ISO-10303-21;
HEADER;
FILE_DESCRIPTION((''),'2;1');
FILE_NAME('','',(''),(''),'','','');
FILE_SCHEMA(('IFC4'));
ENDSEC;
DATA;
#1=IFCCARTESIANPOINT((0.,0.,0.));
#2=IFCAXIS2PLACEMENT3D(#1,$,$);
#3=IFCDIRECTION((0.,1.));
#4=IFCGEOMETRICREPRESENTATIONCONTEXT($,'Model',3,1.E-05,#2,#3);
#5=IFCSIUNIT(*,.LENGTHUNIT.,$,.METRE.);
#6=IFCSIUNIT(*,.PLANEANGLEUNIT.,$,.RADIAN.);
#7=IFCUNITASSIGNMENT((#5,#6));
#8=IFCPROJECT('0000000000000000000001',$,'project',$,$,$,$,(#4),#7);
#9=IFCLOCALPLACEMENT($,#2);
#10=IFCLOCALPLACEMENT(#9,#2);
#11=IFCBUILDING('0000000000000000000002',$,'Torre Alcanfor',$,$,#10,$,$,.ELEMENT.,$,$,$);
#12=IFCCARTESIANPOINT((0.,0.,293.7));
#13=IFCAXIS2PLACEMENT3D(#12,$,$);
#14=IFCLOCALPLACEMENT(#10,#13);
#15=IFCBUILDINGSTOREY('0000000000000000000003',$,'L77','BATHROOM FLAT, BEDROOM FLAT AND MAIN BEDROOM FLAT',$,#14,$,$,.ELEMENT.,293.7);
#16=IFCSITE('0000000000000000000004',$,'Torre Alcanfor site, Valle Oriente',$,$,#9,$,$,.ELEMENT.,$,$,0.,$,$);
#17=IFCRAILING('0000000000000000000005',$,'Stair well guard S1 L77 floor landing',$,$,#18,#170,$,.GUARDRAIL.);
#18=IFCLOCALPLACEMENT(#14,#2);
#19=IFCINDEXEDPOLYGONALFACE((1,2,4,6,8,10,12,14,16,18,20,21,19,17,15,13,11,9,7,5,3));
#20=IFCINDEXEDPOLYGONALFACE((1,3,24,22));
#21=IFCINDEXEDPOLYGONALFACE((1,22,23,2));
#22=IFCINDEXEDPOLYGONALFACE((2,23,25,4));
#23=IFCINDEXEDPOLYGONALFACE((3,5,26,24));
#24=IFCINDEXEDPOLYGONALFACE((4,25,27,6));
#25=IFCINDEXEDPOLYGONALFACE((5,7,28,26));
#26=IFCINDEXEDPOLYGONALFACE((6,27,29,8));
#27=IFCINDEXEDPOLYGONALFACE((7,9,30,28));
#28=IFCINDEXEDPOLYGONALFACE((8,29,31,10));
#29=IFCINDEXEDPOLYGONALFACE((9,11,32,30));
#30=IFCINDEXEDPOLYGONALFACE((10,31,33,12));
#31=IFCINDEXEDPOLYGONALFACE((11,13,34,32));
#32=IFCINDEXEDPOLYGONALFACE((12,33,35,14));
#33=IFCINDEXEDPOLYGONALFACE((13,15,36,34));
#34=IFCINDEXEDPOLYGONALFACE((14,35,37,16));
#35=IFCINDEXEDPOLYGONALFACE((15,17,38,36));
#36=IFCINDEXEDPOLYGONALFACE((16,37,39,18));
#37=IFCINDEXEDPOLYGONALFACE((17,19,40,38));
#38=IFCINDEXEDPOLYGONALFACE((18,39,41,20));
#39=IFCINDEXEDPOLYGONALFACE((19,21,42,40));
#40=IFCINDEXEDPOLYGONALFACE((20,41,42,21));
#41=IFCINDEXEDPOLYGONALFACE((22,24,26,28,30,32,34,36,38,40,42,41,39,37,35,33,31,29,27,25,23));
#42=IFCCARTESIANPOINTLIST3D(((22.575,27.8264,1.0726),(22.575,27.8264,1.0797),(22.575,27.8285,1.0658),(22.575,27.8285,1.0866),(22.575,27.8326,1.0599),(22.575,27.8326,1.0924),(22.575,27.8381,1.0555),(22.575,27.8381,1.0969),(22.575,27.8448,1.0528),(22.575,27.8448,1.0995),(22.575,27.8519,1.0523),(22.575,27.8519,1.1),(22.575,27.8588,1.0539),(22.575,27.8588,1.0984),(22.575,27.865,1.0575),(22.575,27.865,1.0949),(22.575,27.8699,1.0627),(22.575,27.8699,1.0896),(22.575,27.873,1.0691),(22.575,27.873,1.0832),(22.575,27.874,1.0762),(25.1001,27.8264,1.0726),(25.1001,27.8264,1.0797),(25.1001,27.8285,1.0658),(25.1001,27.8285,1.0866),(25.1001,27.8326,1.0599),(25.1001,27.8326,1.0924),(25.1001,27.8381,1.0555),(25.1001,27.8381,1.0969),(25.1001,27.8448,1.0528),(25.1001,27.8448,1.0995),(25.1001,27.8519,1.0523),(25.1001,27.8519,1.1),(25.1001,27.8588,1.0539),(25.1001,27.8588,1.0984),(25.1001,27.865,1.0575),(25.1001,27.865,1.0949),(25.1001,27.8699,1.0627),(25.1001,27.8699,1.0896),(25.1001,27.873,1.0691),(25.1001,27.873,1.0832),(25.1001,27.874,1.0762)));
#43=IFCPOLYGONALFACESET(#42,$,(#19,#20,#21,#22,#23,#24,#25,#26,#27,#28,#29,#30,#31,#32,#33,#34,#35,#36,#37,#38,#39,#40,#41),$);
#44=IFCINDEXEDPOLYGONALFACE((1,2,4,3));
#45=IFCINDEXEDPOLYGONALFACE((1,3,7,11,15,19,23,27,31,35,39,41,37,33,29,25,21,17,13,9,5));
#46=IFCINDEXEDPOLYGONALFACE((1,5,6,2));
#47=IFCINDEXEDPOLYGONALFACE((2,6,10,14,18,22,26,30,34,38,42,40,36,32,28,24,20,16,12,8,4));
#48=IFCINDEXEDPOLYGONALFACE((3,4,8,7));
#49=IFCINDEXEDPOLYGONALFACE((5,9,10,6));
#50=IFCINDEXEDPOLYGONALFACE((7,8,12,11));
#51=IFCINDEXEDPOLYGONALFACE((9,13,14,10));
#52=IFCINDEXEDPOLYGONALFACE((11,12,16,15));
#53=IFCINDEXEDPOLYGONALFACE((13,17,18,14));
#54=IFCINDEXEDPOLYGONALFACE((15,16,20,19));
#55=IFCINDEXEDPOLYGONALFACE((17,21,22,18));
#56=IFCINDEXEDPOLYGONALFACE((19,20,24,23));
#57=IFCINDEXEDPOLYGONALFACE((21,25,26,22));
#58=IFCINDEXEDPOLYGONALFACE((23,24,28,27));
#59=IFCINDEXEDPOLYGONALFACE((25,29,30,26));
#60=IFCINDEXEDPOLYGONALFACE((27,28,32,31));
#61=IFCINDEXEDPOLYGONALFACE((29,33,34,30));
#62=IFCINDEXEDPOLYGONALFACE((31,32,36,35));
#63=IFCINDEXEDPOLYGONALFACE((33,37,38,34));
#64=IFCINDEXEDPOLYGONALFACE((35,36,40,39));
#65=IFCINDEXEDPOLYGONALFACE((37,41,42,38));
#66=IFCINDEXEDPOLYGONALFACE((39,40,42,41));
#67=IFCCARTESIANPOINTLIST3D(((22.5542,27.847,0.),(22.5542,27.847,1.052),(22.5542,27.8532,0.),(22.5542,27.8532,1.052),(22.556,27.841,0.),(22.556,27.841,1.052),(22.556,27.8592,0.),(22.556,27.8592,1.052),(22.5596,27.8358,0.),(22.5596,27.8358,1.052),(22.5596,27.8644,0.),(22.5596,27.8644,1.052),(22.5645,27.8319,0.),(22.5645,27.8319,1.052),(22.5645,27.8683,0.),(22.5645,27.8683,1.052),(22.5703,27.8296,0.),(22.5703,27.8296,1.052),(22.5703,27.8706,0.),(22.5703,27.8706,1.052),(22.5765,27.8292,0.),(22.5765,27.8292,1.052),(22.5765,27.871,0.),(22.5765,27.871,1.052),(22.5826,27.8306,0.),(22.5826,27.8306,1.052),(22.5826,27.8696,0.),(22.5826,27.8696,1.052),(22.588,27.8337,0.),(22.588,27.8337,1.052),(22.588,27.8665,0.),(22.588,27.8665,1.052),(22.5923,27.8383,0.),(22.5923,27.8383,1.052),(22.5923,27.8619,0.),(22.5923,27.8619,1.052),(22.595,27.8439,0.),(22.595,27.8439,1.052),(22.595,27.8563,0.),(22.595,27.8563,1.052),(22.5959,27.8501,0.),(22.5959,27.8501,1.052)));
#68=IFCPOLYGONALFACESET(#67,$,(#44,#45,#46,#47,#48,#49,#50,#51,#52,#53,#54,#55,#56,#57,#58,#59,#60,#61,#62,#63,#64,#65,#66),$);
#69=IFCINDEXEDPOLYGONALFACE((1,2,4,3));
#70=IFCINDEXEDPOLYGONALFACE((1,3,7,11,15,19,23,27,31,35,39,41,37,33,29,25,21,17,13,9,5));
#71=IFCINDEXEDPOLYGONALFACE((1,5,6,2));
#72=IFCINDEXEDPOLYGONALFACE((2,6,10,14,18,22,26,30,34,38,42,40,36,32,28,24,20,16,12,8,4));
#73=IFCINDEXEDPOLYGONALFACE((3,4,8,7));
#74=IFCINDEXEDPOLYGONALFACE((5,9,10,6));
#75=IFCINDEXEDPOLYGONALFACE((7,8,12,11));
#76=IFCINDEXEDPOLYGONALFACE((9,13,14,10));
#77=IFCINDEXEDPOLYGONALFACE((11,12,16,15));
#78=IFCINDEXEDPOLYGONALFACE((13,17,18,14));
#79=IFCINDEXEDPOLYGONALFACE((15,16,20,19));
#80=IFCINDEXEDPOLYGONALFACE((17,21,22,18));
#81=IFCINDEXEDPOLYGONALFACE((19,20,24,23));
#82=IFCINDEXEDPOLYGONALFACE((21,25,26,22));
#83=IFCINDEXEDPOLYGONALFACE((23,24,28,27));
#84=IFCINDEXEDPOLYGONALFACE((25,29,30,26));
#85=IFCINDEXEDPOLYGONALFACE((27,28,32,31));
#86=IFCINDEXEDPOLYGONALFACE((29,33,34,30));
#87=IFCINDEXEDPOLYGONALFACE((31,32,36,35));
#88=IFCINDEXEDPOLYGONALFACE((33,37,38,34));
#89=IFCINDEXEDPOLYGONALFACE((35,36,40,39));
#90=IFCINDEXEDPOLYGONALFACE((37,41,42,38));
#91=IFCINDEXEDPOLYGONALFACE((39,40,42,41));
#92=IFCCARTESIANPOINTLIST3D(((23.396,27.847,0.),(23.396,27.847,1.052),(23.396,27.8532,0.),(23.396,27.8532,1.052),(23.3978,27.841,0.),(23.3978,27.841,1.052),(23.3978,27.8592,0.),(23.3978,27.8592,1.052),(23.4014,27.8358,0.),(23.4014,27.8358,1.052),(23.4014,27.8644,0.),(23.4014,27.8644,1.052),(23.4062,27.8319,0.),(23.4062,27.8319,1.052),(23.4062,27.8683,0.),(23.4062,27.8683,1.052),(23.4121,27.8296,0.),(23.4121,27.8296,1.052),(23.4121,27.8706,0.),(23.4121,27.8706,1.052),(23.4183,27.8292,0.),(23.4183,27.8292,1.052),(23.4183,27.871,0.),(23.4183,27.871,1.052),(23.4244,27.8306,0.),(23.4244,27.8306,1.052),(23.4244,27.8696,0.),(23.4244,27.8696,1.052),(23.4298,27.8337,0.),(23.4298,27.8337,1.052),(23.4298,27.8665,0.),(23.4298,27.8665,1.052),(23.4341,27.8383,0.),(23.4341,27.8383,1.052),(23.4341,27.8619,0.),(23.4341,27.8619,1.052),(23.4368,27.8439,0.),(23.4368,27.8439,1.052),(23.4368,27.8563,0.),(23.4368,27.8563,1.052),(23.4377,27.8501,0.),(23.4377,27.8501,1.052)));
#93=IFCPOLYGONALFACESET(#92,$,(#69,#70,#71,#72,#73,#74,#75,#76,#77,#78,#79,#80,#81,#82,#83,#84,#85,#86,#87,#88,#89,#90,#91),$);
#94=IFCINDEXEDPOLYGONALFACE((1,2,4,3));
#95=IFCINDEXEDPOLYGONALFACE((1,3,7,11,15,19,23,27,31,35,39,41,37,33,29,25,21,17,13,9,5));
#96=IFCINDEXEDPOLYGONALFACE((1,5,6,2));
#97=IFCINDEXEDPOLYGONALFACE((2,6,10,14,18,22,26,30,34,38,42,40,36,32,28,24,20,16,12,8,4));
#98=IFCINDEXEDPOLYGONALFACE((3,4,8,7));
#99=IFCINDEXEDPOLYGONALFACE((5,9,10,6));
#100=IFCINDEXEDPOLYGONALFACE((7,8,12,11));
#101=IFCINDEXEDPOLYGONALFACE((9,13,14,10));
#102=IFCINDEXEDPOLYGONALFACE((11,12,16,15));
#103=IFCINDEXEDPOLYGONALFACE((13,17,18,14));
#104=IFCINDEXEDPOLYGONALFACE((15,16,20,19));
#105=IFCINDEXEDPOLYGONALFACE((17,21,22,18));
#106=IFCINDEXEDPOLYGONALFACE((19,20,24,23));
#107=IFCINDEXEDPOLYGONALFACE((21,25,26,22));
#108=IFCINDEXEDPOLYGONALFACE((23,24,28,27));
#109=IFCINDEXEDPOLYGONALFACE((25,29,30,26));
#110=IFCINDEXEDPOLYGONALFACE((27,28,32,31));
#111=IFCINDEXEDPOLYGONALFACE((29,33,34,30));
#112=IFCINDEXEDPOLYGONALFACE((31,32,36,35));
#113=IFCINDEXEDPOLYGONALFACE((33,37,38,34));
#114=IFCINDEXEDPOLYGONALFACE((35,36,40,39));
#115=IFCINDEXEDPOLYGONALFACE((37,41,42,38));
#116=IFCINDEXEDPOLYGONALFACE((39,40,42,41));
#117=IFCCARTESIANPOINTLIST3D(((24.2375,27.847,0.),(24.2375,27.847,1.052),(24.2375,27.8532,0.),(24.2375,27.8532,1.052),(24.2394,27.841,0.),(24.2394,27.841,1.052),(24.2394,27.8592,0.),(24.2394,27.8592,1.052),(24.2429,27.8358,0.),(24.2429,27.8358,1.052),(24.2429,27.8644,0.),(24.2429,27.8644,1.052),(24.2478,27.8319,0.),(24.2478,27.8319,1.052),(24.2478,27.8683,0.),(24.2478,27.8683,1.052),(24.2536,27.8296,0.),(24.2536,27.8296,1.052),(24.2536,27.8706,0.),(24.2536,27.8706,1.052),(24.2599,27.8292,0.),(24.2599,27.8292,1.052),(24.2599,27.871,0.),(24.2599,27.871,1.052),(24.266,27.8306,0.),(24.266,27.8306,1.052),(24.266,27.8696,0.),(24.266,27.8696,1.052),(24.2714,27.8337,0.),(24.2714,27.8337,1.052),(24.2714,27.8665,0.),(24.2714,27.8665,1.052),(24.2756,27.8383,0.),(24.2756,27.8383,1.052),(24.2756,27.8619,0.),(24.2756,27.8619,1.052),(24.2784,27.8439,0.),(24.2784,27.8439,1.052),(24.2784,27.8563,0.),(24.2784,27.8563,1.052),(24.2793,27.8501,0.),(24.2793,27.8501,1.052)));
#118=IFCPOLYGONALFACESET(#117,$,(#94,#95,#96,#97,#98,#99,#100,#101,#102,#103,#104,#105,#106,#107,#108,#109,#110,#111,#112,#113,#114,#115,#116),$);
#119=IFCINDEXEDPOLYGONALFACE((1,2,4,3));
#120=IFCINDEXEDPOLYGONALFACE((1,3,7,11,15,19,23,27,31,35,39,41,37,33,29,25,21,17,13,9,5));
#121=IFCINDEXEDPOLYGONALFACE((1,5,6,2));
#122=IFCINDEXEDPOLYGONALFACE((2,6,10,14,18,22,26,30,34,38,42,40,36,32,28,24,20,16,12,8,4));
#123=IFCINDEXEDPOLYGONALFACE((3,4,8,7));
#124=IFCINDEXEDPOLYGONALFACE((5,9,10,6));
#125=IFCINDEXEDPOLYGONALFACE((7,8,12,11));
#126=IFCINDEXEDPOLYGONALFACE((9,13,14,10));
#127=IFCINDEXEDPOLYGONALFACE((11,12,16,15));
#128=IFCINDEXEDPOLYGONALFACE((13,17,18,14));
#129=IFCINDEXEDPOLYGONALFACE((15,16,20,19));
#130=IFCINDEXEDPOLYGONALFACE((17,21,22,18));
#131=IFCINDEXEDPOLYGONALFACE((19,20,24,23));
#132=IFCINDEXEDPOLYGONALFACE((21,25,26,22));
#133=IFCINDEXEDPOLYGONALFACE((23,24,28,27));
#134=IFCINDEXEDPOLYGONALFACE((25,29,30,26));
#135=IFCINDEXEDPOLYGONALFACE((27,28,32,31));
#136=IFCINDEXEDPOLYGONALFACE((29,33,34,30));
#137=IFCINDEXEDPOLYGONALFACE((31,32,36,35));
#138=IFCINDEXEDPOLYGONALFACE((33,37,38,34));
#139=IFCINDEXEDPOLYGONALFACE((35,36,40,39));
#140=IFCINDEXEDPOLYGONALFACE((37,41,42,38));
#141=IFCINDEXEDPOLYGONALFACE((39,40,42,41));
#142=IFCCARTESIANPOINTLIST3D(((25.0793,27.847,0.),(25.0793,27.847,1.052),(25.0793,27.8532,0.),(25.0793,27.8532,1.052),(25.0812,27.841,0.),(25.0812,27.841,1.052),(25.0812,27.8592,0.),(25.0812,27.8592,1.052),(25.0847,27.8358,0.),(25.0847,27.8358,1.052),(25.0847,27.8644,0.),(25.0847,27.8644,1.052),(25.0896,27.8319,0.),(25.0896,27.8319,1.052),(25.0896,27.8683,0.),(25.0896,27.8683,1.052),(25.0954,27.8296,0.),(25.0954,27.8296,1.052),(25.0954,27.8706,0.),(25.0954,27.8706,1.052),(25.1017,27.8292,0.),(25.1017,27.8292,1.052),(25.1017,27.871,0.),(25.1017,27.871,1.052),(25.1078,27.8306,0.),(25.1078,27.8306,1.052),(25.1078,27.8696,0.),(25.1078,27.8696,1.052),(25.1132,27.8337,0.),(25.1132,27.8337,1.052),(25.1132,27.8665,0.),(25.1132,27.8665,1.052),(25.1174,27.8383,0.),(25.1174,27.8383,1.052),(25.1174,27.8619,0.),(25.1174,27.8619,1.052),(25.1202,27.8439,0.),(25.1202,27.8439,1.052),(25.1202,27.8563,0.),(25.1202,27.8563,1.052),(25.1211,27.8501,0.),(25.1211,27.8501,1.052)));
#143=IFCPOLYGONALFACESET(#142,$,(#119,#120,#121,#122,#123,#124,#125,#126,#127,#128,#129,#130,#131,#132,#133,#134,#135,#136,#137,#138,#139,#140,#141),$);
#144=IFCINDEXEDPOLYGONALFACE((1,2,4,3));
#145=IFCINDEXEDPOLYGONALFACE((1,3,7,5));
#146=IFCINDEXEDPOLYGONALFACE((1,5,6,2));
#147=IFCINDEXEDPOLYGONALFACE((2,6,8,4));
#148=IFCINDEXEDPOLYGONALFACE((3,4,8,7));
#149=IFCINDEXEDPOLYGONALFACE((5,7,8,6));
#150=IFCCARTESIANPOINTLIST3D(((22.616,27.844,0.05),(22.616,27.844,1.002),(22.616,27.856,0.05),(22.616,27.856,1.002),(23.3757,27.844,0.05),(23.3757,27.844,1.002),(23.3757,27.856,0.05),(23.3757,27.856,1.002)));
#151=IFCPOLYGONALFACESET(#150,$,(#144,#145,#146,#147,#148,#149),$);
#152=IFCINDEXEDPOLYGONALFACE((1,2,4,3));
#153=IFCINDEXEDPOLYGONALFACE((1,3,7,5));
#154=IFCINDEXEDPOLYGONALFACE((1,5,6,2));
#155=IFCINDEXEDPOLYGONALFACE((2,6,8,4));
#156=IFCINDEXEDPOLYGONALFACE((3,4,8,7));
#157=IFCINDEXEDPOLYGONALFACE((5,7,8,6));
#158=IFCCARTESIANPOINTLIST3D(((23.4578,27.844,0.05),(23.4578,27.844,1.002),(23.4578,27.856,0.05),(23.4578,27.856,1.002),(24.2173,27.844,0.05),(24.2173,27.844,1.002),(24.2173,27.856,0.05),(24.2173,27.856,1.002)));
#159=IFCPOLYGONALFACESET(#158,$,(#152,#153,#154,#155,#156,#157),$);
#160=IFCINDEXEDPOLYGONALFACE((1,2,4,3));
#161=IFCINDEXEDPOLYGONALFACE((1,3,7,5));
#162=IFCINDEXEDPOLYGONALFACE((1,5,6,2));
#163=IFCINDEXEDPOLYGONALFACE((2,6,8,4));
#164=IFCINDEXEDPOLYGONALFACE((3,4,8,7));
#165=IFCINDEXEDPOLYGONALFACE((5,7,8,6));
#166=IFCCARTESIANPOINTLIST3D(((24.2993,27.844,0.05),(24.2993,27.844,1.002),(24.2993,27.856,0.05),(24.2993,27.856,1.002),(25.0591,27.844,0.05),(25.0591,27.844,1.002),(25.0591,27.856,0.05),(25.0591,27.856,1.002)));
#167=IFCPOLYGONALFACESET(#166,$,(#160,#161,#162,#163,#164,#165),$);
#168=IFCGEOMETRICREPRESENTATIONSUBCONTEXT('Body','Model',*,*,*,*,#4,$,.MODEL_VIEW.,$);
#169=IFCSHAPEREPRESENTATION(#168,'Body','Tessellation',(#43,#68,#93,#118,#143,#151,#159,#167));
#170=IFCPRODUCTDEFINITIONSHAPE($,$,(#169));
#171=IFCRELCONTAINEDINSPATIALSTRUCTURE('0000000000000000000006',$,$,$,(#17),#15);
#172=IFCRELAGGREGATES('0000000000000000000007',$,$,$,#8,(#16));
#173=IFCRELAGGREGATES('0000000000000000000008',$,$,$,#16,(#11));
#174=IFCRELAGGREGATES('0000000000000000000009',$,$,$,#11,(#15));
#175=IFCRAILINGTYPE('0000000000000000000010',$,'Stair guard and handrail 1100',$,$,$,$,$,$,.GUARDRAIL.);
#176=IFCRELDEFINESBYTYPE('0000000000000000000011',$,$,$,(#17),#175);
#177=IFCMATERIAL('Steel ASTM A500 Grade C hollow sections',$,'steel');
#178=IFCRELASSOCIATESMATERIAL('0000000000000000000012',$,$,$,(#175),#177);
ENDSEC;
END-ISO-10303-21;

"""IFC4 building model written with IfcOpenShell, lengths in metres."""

from ifc_helpers import new_model, si_unit, direction, frame, origin, origin_2d, place, context, subcontext, project, spatial, polyline, circle, outline, extrude, material, type_object, element, save


model = new_model("IFC4")

# Units and contexts
model_context = context("Model", 3, precision=1e-05, world=origin(), true_north=direction((0.0, 1.0)))
body_context = subcontext(model_context, "Body", "Model", "MODEL_VIEW")
ifc_project = project(units=[si_unit("LENGTHUNIT", "METRE"), si_unit("PLANEANGLEUNIT", "RADIAN")], contexts=[model_context])

# Site, building, storey
site_placement = place(None, origin())
site = spatial("IfcSite", under=ifc_project, at=site_placement, Name="Torre Alcanfor site, Valle Oriente", CompositionType="ELEMENT", RefElevation=0.0)
building_placement = place(site_placement, origin())
building = spatial("IfcBuilding", under=site, at=building_placement, Name="Torre Alcanfor", CompositionType="ELEMENT")
storey_placement = place(building_placement, frame((0.0, 0.0, 293.7)))
storey = spatial("IfcBuildingStorey", under=building, at=storey_placement, Name="L77", Description="BATHROOM FLAT, BEDROOM FLAT AND MAIN BEDROOM FLAT", CompositionType="ELEMENT", Elevation=293.7)

# Railing
ifc_material_1 = material(Name="Steel ASTM A500 Grade C hollow sections", Category="steel")
railing_type_1 = type_object("IfcRailingType", Name="Stair guard and handrail 1100", PredefinedType="GUARDRAIL", material=ifc_material_1)
railing_1_placement = place(storey_placement, frame((22.575, 27.8501, 0.0)))
element("IfcRailing", 1, at=railing_1_placement, inside=storey, type_object=railing_type_1, Name="Stair well guard S1 L77 floor landing", PredefinedType="GUARDRAIL", context=body_context, shape_type="SweptSolid", body=[
    extrude(circle(Radius=0.0239, at=origin_2d()), frame((0.0, 0.0, 1.0762), z_axis=(1.0, 0.0, 0.0), x_axis=(0.0, 1.0, 0.0)), (0.0, 0.0, 1.0), 2.5251),
    extrude(circle(Radius=0.021, at=origin_2d()), origin(), (0.0, 0.0, 1.0), 1.052),
    extrude(circle(Radius=0.021, at=origin_2d()), frame((0.8418, 0.0, 0.0)), (0.0, 0.0, 1.0), 1.052),
    extrude(circle(Radius=0.021, at=origin_2d()), frame((1.6833, 0.0, 0.0)), (0.0, 0.0, 1.0), 1.052),
    extrude(circle(Radius=0.021, at=origin_2d()), frame((2.5251, 0.0, 0.0)), (0.0, 0.0, 1.0), 1.052),
    extrude(outline(polyline([(0.041, 0.05), (0.8008, 0.05), (0.8008, 1.002), (0.041, 1.002), (0.041, 0.05)])), frame((0.0, 0.0059, 0.0), z_axis=(0.0, -1.0, 0.0), x_axis=(1.0, 0.0, 0.0)), (0.0, 0.0, 1.0), 0.012),
    extrude(outline(polyline([(0.8828, 0.05), (1.6423, 0.05), (1.6423, 1.002), (0.8828, 1.002), (0.8828, 0.05)])), frame((0.0, 0.0059, 0.0), z_axis=(0.0, -1.0, 0.0), x_axis=(1.0, 0.0, 0.0)), (0.0, 0.0, 1.0), 0.012),
    extrude(outline(polyline([(1.7244, 0.05), (2.4841, 0.05), (2.4841, 1.002), (1.7244, 1.002), (1.7244, 0.05)])), frame((0.0, 0.0059, 0.0), z_axis=(0.0, -1.0, 0.0), x_axis=(1.0, 0.0, 0.0)), (0.0, 0.0, 1.0), 0.012),
])

save(model, "model.ifc")
